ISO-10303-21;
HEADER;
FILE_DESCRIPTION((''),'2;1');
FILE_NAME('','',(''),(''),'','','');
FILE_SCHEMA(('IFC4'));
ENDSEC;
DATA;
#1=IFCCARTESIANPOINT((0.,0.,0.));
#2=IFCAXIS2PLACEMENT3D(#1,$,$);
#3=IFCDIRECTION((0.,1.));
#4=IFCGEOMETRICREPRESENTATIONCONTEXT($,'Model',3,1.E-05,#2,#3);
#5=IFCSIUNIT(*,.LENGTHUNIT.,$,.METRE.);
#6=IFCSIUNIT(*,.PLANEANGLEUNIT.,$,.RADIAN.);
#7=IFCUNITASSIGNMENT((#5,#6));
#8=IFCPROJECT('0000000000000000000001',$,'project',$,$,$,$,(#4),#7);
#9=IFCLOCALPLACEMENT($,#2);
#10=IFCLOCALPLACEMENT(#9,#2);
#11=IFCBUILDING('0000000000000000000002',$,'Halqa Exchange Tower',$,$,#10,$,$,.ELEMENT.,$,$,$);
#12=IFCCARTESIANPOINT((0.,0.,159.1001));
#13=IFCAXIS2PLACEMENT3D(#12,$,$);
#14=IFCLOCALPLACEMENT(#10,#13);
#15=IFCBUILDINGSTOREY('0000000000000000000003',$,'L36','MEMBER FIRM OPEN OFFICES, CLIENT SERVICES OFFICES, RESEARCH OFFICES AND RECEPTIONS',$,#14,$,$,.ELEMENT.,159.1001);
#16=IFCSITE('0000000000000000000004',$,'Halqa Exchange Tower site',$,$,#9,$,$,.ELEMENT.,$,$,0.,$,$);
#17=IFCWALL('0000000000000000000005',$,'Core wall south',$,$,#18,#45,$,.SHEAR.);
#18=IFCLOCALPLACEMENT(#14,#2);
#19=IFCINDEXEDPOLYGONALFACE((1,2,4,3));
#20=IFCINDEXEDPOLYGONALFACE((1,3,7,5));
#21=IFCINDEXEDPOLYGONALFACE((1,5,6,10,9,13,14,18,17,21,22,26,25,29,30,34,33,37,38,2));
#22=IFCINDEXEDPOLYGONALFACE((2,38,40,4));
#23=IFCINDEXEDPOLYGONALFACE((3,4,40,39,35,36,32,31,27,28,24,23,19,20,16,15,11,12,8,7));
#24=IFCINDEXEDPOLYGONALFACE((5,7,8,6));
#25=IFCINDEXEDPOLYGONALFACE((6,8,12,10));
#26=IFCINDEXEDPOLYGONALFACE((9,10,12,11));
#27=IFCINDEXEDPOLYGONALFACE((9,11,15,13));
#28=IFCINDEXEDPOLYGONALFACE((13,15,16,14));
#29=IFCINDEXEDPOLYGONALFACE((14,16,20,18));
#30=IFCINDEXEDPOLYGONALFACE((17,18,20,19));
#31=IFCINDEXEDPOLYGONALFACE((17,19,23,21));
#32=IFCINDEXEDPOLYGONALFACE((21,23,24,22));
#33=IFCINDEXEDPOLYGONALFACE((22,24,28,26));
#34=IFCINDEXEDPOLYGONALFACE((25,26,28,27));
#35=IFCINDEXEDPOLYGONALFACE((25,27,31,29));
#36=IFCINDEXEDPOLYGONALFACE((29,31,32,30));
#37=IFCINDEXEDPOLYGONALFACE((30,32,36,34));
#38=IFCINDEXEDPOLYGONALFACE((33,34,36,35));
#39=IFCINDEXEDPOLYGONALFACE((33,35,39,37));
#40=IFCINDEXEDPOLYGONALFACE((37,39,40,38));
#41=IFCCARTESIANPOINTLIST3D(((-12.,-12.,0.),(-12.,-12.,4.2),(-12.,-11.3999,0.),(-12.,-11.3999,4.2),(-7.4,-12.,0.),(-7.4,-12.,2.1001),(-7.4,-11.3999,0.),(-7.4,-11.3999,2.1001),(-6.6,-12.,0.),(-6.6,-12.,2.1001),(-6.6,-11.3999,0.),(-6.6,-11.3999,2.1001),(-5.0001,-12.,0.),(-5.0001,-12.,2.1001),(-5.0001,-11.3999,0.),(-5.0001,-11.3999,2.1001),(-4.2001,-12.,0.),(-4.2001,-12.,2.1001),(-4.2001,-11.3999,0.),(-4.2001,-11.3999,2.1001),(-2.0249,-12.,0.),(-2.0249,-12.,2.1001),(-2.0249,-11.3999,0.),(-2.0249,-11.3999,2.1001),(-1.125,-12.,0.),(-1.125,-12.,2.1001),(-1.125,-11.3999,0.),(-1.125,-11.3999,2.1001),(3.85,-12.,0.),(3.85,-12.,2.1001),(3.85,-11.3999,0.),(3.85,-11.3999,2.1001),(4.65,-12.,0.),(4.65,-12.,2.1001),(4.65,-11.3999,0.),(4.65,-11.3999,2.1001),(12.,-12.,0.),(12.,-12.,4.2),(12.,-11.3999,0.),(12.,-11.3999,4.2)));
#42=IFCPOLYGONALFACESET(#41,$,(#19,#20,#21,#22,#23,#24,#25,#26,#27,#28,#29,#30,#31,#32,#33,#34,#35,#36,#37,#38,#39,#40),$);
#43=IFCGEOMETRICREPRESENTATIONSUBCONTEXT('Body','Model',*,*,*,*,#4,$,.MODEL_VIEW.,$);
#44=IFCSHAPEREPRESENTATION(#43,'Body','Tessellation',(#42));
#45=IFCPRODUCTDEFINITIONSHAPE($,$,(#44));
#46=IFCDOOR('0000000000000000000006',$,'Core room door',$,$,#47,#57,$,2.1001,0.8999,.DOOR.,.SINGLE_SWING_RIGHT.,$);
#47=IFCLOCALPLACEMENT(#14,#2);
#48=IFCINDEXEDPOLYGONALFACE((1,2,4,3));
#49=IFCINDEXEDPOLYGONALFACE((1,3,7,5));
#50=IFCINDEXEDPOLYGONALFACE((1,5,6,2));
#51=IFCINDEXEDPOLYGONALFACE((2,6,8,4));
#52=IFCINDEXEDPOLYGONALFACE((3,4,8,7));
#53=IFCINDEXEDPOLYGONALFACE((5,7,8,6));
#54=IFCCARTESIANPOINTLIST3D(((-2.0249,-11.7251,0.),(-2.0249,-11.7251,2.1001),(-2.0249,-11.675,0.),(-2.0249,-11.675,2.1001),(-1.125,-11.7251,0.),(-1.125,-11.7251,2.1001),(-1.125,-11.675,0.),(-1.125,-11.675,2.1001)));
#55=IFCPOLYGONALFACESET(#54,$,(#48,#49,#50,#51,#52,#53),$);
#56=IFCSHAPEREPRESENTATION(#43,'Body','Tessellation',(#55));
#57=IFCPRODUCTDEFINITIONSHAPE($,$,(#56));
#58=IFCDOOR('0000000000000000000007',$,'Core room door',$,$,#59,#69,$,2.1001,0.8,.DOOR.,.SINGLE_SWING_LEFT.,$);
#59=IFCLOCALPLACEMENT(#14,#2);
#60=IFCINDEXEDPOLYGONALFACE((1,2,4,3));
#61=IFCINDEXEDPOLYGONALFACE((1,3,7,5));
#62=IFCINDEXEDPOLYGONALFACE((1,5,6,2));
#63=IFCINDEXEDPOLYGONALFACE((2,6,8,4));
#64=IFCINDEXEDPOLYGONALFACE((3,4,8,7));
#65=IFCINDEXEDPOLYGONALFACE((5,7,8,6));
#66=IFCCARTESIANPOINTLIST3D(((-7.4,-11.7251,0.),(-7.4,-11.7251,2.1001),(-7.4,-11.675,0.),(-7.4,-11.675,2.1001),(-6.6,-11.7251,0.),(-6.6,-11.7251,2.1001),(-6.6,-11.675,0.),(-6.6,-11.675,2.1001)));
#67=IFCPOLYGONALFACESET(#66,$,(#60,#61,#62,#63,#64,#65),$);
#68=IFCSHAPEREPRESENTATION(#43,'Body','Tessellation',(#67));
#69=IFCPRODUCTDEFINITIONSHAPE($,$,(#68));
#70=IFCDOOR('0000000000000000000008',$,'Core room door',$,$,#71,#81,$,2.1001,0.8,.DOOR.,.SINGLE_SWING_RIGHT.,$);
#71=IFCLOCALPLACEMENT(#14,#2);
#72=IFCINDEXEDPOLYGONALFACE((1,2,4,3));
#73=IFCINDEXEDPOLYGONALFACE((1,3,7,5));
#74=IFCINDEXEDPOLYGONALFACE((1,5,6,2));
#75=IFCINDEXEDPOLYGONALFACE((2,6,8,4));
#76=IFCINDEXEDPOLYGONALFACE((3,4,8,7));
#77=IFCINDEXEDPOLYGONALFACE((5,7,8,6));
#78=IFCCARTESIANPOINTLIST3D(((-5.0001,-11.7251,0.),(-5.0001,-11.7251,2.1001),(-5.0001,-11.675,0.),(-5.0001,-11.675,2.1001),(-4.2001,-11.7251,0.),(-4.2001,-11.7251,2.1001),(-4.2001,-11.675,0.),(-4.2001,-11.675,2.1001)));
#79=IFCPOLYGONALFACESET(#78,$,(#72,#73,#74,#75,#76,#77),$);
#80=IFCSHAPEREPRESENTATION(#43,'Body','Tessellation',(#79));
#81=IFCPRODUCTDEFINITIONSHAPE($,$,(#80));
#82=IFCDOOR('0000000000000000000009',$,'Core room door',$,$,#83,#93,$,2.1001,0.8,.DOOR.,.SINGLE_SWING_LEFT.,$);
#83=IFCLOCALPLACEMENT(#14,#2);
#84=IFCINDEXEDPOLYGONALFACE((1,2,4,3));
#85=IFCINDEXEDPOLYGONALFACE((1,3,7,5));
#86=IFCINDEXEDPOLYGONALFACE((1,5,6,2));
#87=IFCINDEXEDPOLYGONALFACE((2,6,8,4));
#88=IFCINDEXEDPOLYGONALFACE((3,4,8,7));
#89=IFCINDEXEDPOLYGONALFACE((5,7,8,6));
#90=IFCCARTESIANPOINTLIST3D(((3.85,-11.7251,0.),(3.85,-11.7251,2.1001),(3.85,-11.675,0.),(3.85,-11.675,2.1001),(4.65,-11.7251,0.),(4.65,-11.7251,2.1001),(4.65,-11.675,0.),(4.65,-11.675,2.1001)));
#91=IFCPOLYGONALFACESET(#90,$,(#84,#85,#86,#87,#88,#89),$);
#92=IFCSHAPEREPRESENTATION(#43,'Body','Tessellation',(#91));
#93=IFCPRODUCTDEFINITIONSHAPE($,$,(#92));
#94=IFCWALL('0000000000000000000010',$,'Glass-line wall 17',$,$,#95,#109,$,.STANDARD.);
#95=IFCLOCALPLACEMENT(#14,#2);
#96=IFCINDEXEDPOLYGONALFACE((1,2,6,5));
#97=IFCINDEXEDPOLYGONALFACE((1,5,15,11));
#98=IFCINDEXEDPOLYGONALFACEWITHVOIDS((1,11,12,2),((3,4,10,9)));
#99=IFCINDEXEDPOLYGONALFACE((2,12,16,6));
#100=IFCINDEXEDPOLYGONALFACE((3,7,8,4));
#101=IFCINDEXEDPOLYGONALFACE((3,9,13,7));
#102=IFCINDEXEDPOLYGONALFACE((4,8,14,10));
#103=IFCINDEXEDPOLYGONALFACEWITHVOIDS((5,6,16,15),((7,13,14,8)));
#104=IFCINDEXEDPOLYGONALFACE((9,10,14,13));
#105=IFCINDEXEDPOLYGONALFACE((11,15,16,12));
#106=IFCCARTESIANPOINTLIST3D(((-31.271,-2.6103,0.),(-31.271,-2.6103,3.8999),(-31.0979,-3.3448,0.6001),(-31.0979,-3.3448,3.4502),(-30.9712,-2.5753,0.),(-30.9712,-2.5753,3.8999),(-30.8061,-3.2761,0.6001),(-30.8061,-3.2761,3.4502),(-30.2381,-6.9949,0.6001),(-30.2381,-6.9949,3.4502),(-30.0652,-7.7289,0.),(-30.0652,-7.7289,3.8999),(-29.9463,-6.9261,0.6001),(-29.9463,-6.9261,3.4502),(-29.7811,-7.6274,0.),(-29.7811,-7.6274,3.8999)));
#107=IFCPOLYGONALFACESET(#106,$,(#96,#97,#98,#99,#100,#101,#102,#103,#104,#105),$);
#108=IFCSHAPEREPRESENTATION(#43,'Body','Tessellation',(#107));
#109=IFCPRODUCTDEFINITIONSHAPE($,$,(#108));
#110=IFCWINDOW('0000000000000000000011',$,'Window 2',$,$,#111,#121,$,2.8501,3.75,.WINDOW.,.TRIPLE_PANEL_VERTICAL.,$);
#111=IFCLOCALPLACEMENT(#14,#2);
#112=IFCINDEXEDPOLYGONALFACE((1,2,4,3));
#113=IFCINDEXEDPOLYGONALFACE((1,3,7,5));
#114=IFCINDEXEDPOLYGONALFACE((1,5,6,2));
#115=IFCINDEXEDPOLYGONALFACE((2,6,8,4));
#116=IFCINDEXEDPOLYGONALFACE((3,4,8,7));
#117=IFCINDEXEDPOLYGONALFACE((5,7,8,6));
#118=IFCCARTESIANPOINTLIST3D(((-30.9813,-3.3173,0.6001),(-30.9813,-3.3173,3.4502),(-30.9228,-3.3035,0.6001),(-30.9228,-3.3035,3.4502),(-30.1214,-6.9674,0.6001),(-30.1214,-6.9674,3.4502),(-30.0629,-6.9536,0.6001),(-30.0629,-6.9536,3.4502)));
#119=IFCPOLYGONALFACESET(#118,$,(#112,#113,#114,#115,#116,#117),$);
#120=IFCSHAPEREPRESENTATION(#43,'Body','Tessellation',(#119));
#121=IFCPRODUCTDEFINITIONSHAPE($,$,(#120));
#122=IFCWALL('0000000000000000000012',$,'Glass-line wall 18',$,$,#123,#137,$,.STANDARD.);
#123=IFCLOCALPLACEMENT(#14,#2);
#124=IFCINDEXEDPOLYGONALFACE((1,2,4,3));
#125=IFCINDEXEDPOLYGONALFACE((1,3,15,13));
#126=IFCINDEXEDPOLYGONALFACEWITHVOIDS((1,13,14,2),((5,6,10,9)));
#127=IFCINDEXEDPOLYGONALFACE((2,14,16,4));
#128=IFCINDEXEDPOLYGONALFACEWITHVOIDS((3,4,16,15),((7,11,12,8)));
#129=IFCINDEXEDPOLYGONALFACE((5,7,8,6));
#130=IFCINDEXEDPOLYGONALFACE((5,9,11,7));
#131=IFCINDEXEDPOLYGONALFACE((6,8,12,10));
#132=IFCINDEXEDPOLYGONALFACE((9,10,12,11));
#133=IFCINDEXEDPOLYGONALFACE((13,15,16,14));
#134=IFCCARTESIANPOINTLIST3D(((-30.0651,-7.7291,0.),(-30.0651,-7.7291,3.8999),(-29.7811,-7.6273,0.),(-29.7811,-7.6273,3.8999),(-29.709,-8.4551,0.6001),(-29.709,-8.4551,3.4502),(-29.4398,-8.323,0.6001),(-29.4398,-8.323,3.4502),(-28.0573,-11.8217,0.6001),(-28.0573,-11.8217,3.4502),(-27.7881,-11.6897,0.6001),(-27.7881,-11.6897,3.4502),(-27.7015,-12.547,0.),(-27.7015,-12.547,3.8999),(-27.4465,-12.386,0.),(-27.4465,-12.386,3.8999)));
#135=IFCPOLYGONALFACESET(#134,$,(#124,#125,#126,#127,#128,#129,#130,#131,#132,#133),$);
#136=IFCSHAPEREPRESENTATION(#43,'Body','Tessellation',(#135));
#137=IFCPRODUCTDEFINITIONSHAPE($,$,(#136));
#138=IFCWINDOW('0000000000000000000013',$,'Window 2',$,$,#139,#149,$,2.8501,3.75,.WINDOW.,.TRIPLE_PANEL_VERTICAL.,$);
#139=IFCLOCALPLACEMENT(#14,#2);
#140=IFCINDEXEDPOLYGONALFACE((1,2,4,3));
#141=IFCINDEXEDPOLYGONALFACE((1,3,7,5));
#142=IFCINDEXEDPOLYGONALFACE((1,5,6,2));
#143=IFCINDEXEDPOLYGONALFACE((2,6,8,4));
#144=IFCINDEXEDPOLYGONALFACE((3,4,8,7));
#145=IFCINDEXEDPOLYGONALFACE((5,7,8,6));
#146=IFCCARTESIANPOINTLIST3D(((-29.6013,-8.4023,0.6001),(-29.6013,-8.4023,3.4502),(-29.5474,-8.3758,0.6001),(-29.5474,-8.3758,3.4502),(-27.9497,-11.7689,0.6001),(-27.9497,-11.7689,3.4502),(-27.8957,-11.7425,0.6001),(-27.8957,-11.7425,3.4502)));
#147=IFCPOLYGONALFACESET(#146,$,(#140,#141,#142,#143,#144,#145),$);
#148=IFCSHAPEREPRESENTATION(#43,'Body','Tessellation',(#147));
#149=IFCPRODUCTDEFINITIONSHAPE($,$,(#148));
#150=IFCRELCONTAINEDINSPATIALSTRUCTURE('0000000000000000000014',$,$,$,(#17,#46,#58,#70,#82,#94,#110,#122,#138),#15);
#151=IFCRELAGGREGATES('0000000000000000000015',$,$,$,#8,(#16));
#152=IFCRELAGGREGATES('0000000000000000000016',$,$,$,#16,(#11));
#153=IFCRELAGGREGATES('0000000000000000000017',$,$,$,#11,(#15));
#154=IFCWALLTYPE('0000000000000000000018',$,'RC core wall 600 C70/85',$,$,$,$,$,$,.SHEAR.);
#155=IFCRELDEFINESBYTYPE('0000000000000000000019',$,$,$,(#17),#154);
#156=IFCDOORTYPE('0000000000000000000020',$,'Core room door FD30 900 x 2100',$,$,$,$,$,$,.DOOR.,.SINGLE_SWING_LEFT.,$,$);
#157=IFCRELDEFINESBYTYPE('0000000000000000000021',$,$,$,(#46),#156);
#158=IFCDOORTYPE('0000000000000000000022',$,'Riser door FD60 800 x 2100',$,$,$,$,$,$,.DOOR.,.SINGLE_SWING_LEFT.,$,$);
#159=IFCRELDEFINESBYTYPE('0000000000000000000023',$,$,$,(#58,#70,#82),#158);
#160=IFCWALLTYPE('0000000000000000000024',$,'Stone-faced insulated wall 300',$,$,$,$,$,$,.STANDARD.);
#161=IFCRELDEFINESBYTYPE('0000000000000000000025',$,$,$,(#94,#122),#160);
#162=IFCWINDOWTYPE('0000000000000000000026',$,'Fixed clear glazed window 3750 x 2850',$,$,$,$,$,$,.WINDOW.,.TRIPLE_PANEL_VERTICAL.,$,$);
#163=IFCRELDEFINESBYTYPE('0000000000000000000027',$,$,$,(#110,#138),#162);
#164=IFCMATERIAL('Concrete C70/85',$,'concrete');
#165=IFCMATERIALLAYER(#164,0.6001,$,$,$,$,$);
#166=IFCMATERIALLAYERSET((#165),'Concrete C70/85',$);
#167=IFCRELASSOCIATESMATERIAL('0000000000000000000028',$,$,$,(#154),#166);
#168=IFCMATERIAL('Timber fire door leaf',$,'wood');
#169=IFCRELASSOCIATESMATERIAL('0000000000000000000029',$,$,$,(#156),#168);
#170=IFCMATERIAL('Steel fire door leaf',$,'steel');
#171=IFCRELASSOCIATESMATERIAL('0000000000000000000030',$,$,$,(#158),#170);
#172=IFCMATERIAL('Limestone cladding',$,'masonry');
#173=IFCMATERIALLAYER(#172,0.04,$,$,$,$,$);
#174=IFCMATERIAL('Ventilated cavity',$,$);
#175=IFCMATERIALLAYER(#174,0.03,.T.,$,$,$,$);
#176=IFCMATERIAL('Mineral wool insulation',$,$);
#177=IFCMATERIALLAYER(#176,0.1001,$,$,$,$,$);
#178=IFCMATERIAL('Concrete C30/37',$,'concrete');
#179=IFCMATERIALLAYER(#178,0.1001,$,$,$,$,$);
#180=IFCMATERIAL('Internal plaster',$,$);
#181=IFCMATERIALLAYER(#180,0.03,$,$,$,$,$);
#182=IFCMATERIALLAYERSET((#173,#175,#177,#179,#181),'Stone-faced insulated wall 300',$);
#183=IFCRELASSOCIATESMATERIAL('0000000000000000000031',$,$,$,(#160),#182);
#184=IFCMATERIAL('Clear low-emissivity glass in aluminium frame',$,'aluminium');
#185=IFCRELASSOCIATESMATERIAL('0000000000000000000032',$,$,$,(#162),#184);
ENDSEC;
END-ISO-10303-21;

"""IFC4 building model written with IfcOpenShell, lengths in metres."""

from ifc_helpers import new_model, si_unit, direction, frame, frame_2d, origin, place, context, subcontext, project, spatial, polyline, rectangle, outline, extrude, material, layer, layer_set, type_object, element, fill, save


model = new_model("IFC4")

# Units and contexts
model_context = context("Model", 3, precision=1e-05, world=origin(), true_north=direction((0.0, 1.0)))
body_context = subcontext(model_context, "Body", "Model", "MODEL_VIEW")
ifc_project = project(units=[si_unit("LENGTHUNIT", "METRE"), si_unit("PLANEANGLEUNIT", "RADIAN")], contexts=[model_context])

# Site, building, storey
site_placement = place(None, origin())
site = spatial("IfcSite", under=ifc_project, at=site_placement, Name="Halqa Exchange Tower site", CompositionType="ELEMENT", RefElevation=0.0)
building_placement = place(site_placement, origin())
building = spatial("IfcBuilding", under=site, at=building_placement, Name="Halqa Exchange Tower", CompositionType="ELEMENT")
storey_placement = place(building_placement, frame((0.0, 0.0, 159.1001)))
storey = spatial("IfcBuildingStorey", under=building, at=storey_placement, Name="L36", Description="MEMBER FIRM OPEN OFFICES, CLIENT SERVICES OFFICES, RESEARCH OFFICES AND RECEPTIONS", CompositionType="ELEMENT", Elevation=159.1001)

# Shared definitions
ifc_material_1 = material(Name="Concrete C70/85", Category="concrete")

# Wall, openings, doors
ifc_layer_1 = layer(ifc_material_1, 0.6001)
ifc_layer_set_1 = layer_set([ifc_layer_1], Name="Concrete C70/85")
wall_type_1 = type_object("IfcWallType", Name="RC core wall 600 C70/85", PredefinedType="SHEAR", material=ifc_layer_set_1)
wall_1_placement = place(storey_placement, frame((-12.0, -11.7, 0.0), z_axis=(0.0, 0.0, 1.0), x_axis=(1.0, 0.0, 0.0)))
wall_1 = element("IfcWall", 1, at=wall_1_placement, inside=storey, type_object=wall_type_1, Name="Core wall south", PredefinedType="SHEAR", context=body_context, shape_type="SweptSolid", body=[
    extrude(rectangle(XDim=24.0, YDim=0.6001, at=frame_2d((12.0, 0.0))), origin(), (0.0, 0.0, 1.0), 4.2),
])
opening_1_placement = place(wall_1_placement, frame((9.9751, 0.0, 0.0)))
opening_1 = element("IfcOpeningElement", 2, at=opening_1_placement, cuts=wall_1, PredefinedType="OPENING", context=body_context, shape_type="SweptSolid", body=[
    extrude(rectangle(XDim=0.8999, YDim=2.1001, at=frame_2d((0.45, 1.05))), frame((0.0, 0.312, 0.0), z_axis=(0.0, -1.0, 0.0), x_axis=(1.0, 0.0, 0.0)), (0.0, 0.0, 1.0), 0.624),
])
opening_2_placement = place(wall_1_placement, frame((4.6001, 0.0, 0.0)))
opening_2 = element("IfcOpeningElement", 3, at=opening_2_placement, cuts=wall_1, PredefinedType="OPENING", context=body_context, shape_type="SweptSolid", body=[
    extrude(rectangle(XDim=0.8, YDim=2.1001, at=frame_2d((0.3999, 1.05))), frame((0.0, 0.312, 0.0), z_axis=(0.0, -1.0, 0.0), x_axis=(1.0, 0.0, 0.0)), (0.0, 0.0, 1.0), 0.624),
])
opening_3_placement = place(wall_1_placement, frame((7.0, 0.0, 0.0)))
opening_3 = element("IfcOpeningElement", 4, at=opening_3_placement, cuts=wall_1, PredefinedType="OPENING", context=body_context, shape_type="SweptSolid", body=[
    extrude(rectangle(XDim=0.8, YDim=2.1001, at=frame_2d((0.3999, 1.05))), frame((0.0, 0.312, 0.0), z_axis=(0.0, -1.0, 0.0), x_axis=(1.0, 0.0, 0.0)), (0.0, 0.0, 1.0), 0.624),
])
opening_4_placement = place(wall_1_placement, frame((15.8501, 0.0, 0.0)))
opening_4 = element("IfcOpeningElement", 5, at=opening_4_placement, cuts=wall_1, PredefinedType="OPENING", context=body_context, shape_type="SweptSolid", body=[
    extrude(rectangle(XDim=0.8, YDim=2.1001, at=frame_2d((0.3999, 1.05))), frame((0.0, 0.312, 0.0), z_axis=(0.0, -1.0, 0.0), x_axis=(1.0, 0.0, 0.0)), (0.0, 0.0, 1.0), 0.624),
])
ifc_material_2 = material(Name="Timber fire door leaf", Category="wood")
door_type_1 = type_object("IfcDoorType", Name="Core room door FD30 900 x 2100", OperationType="SINGLE_SWING_LEFT", PredefinedType="DOOR", material=ifc_material_2)
door_1_placement = place(opening_1_placement, origin())
door_1 = element("IfcDoor", 6, at=door_1_placement, inside=storey, type_object=door_type_1, Name="Core room door", OperationType="SINGLE_SWING_RIGHT", OverallHeight=2.1001, OverallWidth=0.8999, PredefinedType="DOOR", context=body_context, shape_type="SweptSolid", body=[
    extrude(rectangle(XDim=0.8999, YDim=2.1001, at=frame_2d((0.45, 1.05))), frame((0.0, 0.0249, 0.0), z_axis=(0.0, -1.0, 0.0), x_axis=(1.0, 0.0, 0.0)), (0.0, 0.0, 1.0), 0.05),
])
fill(opening_1, door_1)
ifc_material_3 = material(Name="Steel fire door leaf", Category="steel")
door_type_2 = type_object("IfcDoorType", Name="Riser door FD60 800 x 2100", OperationType="SINGLE_SWING_LEFT", PredefinedType="DOOR", material=ifc_material_3)
door_2_placement = place(opening_2_placement, origin())
door_2 = element("IfcDoor", 7, at=door_2_placement, inside=storey, type_object=door_type_2, Name="Core room door", OperationType="SINGLE_SWING_LEFT", OverallHeight=2.1001, OverallWidth=0.8, PredefinedType="DOOR", context=body_context, shape_type="SweptSolid", body=[
    extrude(rectangle(XDim=0.8, YDim=2.1001, at=frame_2d((0.3999, 1.05))), frame((0.0, 0.0249, 0.0), z_axis=(0.0, -1.0, 0.0), x_axis=(1.0, 0.0, 0.0)), (0.0, 0.0, 1.0), 0.05),
])
fill(opening_2, door_2)
door_3_placement = place(opening_3_placement, origin())
door_3 = element("IfcDoor", 8, at=door_3_placement, inside=storey, type_object=door_type_2, Name="Core room door", OperationType="SINGLE_SWING_RIGHT", OverallHeight=2.1001, OverallWidth=0.8, PredefinedType="DOOR", context=body_context, shape_type="SweptSolid", body=[
    extrude(rectangle(XDim=0.8, YDim=2.1001, at=frame_2d((0.3999, 1.05))), frame((0.0, 0.0249, 0.0), z_axis=(0.0, -1.0, 0.0), x_axis=(1.0, 0.0, 0.0)), (0.0, 0.0, 1.0), 0.05),
])
fill(opening_3, door_3)
door_4_placement = place(opening_4_placement, origin())
door_4 = element("IfcDoor", 9, at=door_4_placement, inside=storey, type_object=door_type_2, Name="Core room door", OperationType="SINGLE_SWING_LEFT", OverallHeight=2.1001, OverallWidth=0.8, PredefinedType="DOOR", context=body_context, shape_type="SweptSolid", body=[
    extrude(rectangle(XDim=0.8, YDim=2.1001, at=frame_2d((0.3999, 1.05))), frame((0.0, 0.0249, 0.0), z_axis=(0.0, -1.0, 0.0), x_axis=(1.0, 0.0, 0.0)), (0.0, 0.0, 1.0), 0.05),
])
fill(opening_4, door_4)

# Walls, openings, windows
ifc_material_4 = material(Name="Limestone cladding", Category="masonry")
ifc_layer_2 = layer(ifc_material_4, 0.04)
ifc_material_5 = material(Name="Ventilated cavity")
ifc_layer_3 = layer(ifc_material_5, 0.03, ventilated=True)
ifc_material_6 = material(Name="Mineral wool insulation")
ifc_layer_4 = layer(ifc_material_6, 0.1001)
ifc_material_7 = material(Name="Concrete C30/37", Category="concrete")
ifc_layer_5 = layer(ifc_material_7, 0.1001)
ifc_material_8 = material(Name="Internal plaster")
ifc_layer_6 = layer(ifc_material_8, 0.03)
ifc_layer_set_2 = layer_set([ifc_layer_2, ifc_layer_3, ifc_layer_4, ifc_layer_5, ifc_layer_6], Name="Stone-faced insulated wall 300")
wall_type_2 = type_object("IfcWallType", Name="Stone-faced insulated wall 300", PredefinedType="STANDARD", material=ifc_layer_set_2)
wall_2_placement = place(storey_placement, frame((-31.1211, -2.5928, 0.0), z_axis=(0.0, 0.0, 1.0), x_axis=(0.229297, -0.973356, 0.0)))
wall_2 = element("IfcWall", 10, at=wall_2_placement, inside=storey, type_object=wall_type_2, Name="Glass-line wall 17", PredefinedType="STANDARD", context=body_context, shape_type="SweptSolid", body=[
    extrude(outline(polyline([(-0.0173, -0.1499), (5.2415, -0.1499), (5.2078, 0.1499), (0.0173, 0.1499), (-0.0173, -0.1499)])), origin(), (0.0, 0.0, 1.0), 3.8999),
])
opening_5_placement = place(wall_2_placement, frame((0.7373, 0.0, 0.6001)))
opening_5 = element("IfcOpeningElement", 11, at=opening_5_placement, cuts=wall_2, PredefinedType="OPENING", context=body_context, shape_type="SweptSolid", body=[
    extrude(rectangle(XDim=3.75, YDim=2.8501, at=frame_2d((1.875, 1.425))), frame((0.0, 0.1621, 0.0), z_axis=(0.0, -1.0, 0.0), x_axis=(1.0, 0.0, 0.0)), (0.0, 0.0, 1.0), 0.324),
])
ifc_material_9 = material(Name="Clear low-emissivity glass in aluminium frame", Category="aluminium")
window_type = type_object("IfcWindowType", Name="Fixed clear glazed window 3750 x 2850", PartitioningType="TRIPLE_PANEL_VERTICAL", PredefinedType="WINDOW", material=ifc_material_9)
window_1_placement = place(opening_5_placement, origin())
window_1 = element("IfcWindow", 12, at=window_1_placement, inside=storey, type_object=window_type, Name="Window 2", OverallHeight=2.8501, OverallWidth=3.75, PartitioningType="TRIPLE_PANEL_VERTICAL", PredefinedType="WINDOW", context=body_context, shape_type="SweptSolid", body=[
    extrude(rectangle(XDim=3.75, YDim=2.8501, at=frame_2d((1.875, 1.425))), frame((0.0, 0.03, 0.0), z_axis=(0.0, -1.0, 0.0), x_axis=(1.0, 0.0, 0.0)), (0.0, 0.0, 1.0), 0.0601),
])
fill(opening_5, window_1)
wall_3_placement = place(storey_placement, frame((-29.9231, -7.6782, 0.0), z_axis=(0.0, 0.0, 1.0), x_axis=(0.440444, -0.89778, 0.0)))
wall_3 = element("IfcWall", 13, at=wall_3_placement, inside=storey, type_object=wall_type_2, Name="Glass-line wall 18", PredefinedType="STANDARD", context=body_context, shape_type="SweptSolid", body=[
    extrude(outline(polyline([(-0.0168, -0.1499), (5.3496, -0.1499), (5.3174, 0.1499), (0.0168, 0.1499), (-0.0168, -0.1499)])), origin(), (0.0, 0.0, 1.0), 3.8999),
])
opening_6_placement = place(wall_3_placement, frame((0.7917, 0.0, 0.6001)))
opening_6 = element("IfcOpeningElement", 14, at=opening_6_placement, cuts=wall_3, PredefinedType="OPENING", context=body_context, shape_type="SweptSolid", body=[
    extrude(rectangle(XDim=3.75, YDim=2.8501, at=frame_2d((1.875, 1.425))), frame((0.0, 0.1621, 0.0), z_axis=(0.0, -1.0, 0.0), x_axis=(1.0, 0.0, 0.0)), (0.0, 0.0, 1.0), 0.324),
])
window_2_placement = place(opening_6_placement, origin())
window_2 = element("IfcWindow", 15, at=window_2_placement, inside=storey, type_object=window_type, Name="Window 2", OverallHeight=2.8501, OverallWidth=3.75, PartitioningType="TRIPLE_PANEL_VERTICAL", PredefinedType="WINDOW", context=body_context, shape_type="SweptSolid", body=[
    extrude(rectangle(XDim=3.75, YDim=2.8501, at=frame_2d((1.875, 1.425))), frame((0.0, 0.03, 0.0), z_axis=(0.0, -1.0, 0.0), x_axis=(1.0, 0.0, 0.0)), (0.0, 0.0, 1.0), 0.0601),
])
fill(opening_6, window_2)

save(model, "model.ifc")
